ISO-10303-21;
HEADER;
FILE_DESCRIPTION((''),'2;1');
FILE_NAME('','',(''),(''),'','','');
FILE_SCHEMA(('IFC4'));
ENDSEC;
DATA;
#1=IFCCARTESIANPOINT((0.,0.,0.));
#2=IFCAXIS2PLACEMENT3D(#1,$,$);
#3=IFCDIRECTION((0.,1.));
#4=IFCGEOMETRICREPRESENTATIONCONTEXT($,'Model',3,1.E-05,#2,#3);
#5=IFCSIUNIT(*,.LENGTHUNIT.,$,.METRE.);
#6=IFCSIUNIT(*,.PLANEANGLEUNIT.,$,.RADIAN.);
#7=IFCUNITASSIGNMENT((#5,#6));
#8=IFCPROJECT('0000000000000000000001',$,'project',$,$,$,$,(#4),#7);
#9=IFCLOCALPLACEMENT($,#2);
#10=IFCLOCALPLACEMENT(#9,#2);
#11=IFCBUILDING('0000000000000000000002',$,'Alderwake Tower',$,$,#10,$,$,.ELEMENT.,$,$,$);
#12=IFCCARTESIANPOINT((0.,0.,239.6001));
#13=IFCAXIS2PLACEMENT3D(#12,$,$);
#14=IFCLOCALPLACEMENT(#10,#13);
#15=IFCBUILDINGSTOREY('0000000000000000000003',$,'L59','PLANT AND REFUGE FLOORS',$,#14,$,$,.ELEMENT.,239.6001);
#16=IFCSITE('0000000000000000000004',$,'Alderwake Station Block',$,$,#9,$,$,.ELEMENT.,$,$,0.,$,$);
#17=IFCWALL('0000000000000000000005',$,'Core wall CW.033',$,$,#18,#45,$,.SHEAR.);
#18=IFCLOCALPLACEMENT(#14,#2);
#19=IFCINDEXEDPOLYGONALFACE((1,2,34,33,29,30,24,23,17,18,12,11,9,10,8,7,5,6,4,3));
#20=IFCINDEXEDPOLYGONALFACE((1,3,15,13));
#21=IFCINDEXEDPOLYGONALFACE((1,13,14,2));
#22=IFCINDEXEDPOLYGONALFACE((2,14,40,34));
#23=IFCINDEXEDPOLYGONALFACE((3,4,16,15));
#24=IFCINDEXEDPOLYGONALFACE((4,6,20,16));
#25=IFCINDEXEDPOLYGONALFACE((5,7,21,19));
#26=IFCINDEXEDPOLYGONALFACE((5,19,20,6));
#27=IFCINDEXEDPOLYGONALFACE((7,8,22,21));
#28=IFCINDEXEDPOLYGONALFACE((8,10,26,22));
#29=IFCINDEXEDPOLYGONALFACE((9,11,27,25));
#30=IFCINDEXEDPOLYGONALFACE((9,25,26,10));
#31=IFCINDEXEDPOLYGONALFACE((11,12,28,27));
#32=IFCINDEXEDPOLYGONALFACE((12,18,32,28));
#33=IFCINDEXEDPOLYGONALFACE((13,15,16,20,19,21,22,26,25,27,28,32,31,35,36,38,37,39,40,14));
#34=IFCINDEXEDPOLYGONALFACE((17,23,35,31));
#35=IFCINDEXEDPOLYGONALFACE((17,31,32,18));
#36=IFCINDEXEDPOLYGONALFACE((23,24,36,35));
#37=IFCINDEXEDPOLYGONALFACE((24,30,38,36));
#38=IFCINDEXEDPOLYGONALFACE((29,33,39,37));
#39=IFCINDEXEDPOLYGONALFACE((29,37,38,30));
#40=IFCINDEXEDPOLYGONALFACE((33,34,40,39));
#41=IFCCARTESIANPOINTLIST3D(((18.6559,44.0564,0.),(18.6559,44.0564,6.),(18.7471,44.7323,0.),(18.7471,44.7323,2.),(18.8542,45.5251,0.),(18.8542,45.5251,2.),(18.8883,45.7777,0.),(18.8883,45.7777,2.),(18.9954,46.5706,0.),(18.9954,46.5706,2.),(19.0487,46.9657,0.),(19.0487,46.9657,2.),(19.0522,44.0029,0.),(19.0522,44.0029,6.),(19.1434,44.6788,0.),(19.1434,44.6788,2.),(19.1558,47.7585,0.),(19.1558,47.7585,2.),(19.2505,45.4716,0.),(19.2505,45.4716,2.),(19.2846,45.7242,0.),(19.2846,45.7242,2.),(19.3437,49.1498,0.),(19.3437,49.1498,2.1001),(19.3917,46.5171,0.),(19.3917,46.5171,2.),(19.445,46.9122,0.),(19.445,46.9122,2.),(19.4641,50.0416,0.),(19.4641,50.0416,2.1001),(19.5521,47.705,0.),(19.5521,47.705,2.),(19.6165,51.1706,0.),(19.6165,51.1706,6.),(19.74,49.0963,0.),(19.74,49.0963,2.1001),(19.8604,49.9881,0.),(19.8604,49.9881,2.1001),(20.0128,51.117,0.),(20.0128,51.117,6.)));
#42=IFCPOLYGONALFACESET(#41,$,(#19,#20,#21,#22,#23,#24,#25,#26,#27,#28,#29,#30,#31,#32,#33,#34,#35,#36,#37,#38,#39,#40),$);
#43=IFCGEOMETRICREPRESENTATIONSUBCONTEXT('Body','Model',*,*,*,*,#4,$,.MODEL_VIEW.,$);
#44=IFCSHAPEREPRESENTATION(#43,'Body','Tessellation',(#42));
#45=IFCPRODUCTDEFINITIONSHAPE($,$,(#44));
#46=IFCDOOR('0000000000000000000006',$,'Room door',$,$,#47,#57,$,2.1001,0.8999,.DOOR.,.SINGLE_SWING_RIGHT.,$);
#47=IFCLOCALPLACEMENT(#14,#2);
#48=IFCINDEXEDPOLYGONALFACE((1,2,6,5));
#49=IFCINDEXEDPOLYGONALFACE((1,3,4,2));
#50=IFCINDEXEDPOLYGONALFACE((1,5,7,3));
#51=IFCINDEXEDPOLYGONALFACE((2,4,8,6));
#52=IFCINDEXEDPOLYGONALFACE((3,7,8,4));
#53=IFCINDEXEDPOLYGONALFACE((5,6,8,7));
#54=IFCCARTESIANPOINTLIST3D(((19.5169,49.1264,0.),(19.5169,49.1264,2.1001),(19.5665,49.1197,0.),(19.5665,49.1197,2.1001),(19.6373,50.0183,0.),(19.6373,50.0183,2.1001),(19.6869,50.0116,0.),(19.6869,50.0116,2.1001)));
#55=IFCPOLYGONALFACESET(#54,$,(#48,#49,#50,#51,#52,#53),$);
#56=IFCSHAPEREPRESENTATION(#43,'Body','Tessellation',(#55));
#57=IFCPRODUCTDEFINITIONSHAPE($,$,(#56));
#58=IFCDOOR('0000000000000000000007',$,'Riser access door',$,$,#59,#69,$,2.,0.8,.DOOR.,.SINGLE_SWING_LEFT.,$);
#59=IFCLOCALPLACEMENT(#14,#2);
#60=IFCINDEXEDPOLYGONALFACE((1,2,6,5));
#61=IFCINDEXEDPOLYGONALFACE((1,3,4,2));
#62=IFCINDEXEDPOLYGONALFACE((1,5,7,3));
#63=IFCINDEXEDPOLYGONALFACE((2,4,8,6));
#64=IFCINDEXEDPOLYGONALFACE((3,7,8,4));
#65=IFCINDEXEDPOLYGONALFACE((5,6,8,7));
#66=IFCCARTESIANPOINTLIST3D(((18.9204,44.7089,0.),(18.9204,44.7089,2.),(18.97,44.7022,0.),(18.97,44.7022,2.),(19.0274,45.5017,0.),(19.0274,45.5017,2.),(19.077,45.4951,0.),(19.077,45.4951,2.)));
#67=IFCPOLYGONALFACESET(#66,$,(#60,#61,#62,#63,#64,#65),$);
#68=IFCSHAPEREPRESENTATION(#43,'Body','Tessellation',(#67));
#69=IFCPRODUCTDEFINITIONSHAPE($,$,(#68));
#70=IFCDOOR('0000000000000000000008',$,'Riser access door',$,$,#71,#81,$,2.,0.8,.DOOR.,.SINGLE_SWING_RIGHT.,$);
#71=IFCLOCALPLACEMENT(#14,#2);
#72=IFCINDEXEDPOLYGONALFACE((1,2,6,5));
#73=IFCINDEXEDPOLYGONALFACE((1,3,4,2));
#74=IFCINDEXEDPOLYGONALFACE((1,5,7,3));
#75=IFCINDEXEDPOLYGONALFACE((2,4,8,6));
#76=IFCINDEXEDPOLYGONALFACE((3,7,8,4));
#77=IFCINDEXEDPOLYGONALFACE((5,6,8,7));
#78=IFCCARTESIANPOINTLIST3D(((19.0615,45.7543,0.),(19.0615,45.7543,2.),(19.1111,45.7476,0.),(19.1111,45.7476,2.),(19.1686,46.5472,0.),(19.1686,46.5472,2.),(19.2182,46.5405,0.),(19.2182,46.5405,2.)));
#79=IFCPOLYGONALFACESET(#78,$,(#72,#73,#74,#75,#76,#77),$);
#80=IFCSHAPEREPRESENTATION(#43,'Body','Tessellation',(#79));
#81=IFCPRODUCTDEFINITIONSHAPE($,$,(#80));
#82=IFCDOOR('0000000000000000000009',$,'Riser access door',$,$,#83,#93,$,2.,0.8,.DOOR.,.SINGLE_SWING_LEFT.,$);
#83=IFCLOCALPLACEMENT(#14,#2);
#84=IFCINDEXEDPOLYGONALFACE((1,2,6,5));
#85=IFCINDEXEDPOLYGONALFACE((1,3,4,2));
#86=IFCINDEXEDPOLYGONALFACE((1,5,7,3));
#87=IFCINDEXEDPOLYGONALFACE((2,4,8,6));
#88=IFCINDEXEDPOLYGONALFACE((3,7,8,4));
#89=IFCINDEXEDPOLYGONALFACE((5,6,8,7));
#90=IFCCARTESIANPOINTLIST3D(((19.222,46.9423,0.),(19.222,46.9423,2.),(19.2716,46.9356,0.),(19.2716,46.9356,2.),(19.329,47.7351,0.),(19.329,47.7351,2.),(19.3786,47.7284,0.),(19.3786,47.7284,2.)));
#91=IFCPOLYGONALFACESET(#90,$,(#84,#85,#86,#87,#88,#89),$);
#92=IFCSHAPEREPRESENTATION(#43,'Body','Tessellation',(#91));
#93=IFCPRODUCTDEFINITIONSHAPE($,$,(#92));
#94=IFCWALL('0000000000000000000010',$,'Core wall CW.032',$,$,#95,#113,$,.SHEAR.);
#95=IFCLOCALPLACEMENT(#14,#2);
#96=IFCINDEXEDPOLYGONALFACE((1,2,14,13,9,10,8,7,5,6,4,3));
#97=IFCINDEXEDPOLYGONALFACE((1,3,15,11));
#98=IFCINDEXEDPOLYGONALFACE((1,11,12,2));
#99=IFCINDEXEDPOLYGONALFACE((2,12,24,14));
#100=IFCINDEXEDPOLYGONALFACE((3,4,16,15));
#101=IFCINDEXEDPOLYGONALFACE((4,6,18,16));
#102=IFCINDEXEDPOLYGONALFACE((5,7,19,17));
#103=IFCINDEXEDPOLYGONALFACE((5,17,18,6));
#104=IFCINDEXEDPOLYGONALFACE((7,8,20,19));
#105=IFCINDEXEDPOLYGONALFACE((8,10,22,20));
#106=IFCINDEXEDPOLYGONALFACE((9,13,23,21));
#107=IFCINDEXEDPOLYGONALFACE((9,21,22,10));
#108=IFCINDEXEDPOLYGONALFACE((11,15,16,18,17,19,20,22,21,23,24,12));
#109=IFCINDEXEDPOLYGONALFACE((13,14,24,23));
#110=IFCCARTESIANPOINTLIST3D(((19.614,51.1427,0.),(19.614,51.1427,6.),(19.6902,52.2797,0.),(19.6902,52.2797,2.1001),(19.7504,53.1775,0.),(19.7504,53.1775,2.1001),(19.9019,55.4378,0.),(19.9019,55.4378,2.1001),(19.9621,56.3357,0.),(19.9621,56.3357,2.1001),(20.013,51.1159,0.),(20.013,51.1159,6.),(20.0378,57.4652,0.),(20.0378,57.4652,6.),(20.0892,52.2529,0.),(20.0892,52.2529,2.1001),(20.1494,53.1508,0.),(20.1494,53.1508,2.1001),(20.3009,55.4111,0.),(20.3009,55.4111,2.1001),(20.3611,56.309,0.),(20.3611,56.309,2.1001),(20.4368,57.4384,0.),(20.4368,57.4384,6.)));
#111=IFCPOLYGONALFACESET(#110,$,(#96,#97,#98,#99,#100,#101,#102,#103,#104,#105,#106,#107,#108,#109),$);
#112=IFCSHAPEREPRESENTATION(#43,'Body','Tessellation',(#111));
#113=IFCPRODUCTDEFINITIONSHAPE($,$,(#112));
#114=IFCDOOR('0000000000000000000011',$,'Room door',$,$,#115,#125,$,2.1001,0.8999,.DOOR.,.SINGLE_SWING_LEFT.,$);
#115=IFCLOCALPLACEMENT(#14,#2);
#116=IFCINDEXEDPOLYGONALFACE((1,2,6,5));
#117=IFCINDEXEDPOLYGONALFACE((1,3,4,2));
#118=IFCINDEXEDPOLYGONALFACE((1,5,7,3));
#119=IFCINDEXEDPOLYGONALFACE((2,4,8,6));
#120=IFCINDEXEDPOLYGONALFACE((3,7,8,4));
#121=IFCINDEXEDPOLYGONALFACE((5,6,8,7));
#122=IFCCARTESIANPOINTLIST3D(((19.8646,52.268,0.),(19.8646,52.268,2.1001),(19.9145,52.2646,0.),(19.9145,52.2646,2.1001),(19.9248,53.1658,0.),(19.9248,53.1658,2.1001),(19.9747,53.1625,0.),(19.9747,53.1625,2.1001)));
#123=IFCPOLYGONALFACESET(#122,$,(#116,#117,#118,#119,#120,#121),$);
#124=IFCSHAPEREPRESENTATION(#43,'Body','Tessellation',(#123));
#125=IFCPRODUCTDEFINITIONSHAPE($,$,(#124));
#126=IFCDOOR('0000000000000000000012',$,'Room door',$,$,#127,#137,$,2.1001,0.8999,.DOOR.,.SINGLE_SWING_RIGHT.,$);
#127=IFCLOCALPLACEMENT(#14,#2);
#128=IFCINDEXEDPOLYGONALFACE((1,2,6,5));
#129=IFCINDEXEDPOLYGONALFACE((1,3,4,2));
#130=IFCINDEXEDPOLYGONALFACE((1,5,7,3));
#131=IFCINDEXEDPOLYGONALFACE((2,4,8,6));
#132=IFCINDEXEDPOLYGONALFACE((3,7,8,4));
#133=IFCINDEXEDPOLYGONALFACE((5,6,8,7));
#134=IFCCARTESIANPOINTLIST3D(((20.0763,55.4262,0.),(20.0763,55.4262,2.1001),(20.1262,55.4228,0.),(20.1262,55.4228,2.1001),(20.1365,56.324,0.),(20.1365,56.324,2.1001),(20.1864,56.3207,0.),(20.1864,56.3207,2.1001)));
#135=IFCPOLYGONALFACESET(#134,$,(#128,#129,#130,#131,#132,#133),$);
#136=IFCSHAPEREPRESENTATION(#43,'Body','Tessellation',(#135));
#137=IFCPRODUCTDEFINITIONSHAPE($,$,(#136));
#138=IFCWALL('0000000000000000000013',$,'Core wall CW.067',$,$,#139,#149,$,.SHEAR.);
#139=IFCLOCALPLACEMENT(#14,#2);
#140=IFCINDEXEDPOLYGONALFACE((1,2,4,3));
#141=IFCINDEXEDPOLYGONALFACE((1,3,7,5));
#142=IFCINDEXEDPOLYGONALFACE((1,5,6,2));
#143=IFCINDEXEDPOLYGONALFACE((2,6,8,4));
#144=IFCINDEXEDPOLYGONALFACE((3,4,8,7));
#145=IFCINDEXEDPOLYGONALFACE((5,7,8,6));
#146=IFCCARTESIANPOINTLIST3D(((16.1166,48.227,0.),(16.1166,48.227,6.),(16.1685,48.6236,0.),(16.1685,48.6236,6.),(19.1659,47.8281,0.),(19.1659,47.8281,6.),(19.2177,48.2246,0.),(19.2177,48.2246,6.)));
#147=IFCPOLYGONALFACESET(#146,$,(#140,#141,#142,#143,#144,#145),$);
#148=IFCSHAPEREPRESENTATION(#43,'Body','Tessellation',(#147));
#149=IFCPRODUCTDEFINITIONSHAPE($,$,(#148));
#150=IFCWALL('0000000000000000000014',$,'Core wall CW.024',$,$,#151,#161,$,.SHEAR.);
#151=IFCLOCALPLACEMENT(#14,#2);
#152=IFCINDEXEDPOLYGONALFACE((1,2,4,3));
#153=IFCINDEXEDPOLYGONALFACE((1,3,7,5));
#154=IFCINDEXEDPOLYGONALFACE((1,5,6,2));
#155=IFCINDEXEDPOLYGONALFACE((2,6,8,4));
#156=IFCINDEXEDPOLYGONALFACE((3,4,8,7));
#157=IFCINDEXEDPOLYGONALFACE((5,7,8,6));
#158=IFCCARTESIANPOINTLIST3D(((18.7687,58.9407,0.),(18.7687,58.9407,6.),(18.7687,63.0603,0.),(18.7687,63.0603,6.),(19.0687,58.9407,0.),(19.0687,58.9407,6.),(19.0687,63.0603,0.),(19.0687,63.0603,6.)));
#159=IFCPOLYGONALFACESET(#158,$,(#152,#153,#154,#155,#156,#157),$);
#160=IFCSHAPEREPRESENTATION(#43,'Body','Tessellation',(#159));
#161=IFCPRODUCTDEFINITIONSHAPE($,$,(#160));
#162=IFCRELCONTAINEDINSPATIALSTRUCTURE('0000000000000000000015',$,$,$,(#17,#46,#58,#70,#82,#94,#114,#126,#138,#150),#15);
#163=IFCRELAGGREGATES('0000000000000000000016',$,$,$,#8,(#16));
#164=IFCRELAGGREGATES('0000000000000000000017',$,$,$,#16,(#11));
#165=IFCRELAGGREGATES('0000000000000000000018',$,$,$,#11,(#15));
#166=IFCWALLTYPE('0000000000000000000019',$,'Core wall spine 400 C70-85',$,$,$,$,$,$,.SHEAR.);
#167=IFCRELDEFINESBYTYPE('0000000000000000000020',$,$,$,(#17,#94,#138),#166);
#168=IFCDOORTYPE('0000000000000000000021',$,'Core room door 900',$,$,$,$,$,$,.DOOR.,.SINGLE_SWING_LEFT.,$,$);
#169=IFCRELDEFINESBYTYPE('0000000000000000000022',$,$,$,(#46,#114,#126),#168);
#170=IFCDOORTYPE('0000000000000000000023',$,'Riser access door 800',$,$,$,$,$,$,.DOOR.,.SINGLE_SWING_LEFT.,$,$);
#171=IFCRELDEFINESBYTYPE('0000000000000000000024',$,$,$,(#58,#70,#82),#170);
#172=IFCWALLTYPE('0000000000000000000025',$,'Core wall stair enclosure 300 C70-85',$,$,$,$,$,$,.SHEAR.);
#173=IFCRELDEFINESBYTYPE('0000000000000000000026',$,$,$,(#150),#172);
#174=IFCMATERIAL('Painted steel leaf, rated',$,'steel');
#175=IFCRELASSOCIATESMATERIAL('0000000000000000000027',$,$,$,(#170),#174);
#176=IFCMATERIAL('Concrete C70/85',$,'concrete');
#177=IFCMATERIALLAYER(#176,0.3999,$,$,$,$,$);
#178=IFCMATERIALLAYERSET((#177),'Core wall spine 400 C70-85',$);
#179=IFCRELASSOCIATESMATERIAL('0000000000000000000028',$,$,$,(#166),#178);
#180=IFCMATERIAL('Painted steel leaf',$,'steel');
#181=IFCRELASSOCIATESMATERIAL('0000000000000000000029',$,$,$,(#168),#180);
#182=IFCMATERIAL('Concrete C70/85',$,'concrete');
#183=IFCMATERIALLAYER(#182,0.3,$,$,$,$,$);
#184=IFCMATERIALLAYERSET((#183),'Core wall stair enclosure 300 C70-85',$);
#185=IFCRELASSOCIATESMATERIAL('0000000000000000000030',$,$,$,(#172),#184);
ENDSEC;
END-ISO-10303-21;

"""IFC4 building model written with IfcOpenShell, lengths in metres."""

from ifc_helpers import new_model, si_unit, direction, frame, frame_2d, origin, place, context, subcontext, project, spatial, rectangle, extrude, material, layer, layer_set, type_object, element, fill, save


model = new_model("IFC4")

# Units and contexts
model_context = context("Model", 3, precision=1e-05, world=origin(), true_north=direction((0.0, 1.0)))
body_context = subcontext(model_context, "Body", "Model", "MODEL_VIEW")
ifc_project = project(units=[si_unit("LENGTHUNIT", "METRE"), si_unit("PLANEANGLEUNIT", "RADIAN")], contexts=[model_context])

# Site, building, storey
site_placement = place(None, origin())
site = spatial("IfcSite", under=ifc_project, at=site_placement, Name="Alderwake Station Block", CompositionType="ELEMENT", RefElevation=0.0)
building_placement = place(site_placement, origin())
building = spatial("IfcBuilding", under=site, at=building_placement, Name="Alderwake Tower", CompositionType="ELEMENT")
storey_placement = place(building_placement, frame((0.0, 0.0, 239.6001)))
storey = spatial("IfcBuildingStorey", under=building, at=storey_placement, Name="L59", Description="PLANT AND REFUGE FLOORS", CompositionType="ELEMENT", Elevation=239.6001)

# Shared definitions
ifc_material_1 = material(Name="Painted steel leaf, rated", Category="steel")
door_type_1 = type_object("IfcDoorType", Name="Riser access door 800", OperationType="SINGLE_SWING_LEFT", PredefinedType="DOOR", material=ifc_material_1)

# Walls, openings, doors
ifc_material_2 = material(Name="Concrete C70/85", Category="concrete")
ifc_layer_1 = layer(ifc_material_2, 0.3999)
ifc_layer_set_1 = layer_set([ifc_layer_1], Name="Core wall spine 400 C70-85")
wall_type_1 = type_object("IfcWallType", Name="Core wall spine 400 C70-85", PredefinedType="SHEAR", material=ifc_layer_set_1)
wall_1_placement = place(storey_placement, frame((19.8147, 51.1438, 0.0), z_axis=(0.0, 0.0, 1.0), x_axis=(-0.133823, -0.991005, 0.0)))
wall_1 = element("IfcWall", 1, at=wall_1_placement, inside=storey, type_object=wall_type_1, Name="Core wall CW.033", PredefinedType="SHEAR", context=body_context, shape_type="SweptSolid", body=[
    extrude(rectangle(XDim=7.1787, YDim=0.3999, at=frame_2d((3.5894, 0.0))), origin(), (0.0, 0.0, 1.0), 6.0),
])
opening_1_placement = place(wall_1_placement, frame((5.6968, 0.0, 0.0)))
opening_1 = element("IfcOpeningElement", 2, at=opening_1_placement, cuts=wall_1, PredefinedType="OPENING", context=body_context, shape_type="SweptSolid", body=[
    extrude(rectangle(XDim=0.8, YDim=2.0, at=frame_2d((0.3999, 1.0))), frame((0.0, 0.21, 0.0), z_axis=(0.0, -1.0, 0.0), x_axis=(1.0, 0.0, 0.0)), (0.0, 0.0, 1.0), 0.4199),
])
opening_2_placement = place(wall_1_placement, frame((4.6418, 0.0, 0.0)))
opening_2 = element("IfcOpeningElement", 3, at=opening_2_placement, cuts=wall_1, PredefinedType="OPENING", context=body_context, shape_type="SweptSolid", body=[
    extrude(rectangle(XDim=0.8, YDim=2.0, at=frame_2d((0.3999, 1.0))), frame((0.0, 0.21, 0.0), z_axis=(0.0, -1.0, 0.0), x_axis=(1.0, 0.0, 0.0)), (0.0, 0.0, 1.0), 0.4199),
])
opening_3_placement = place(wall_1_placement, frame((3.4431, 0.0, 0.0)))
opening_3 = element("IfcOpeningElement", 4, at=opening_3_placement, cuts=wall_1, PredefinedType="OPENING", context=body_context, shape_type="SweptSolid", body=[
    extrude(rectangle(XDim=0.8, YDim=2.0, at=frame_2d((0.3999, 1.0))), frame((0.0, 0.21, 0.0), z_axis=(0.0, -1.0, 0.0), x_axis=(1.0, 0.0, 0.0)), (0.0, 0.0, 1.0), 0.4199),
])
opening_4_placement = place(wall_1_placement, frame((1.1392, 0.0, 0.0)))
opening_4 = element("IfcOpeningElement", 5, at=opening_4_placement, cuts=wall_1, PredefinedType="OPENING", context=body_context, shape_type="SweptSolid", body=[
    extrude(rectangle(XDim=0.8999, YDim=2.1001, at=frame_2d((0.45, 1.05))), frame((0.0, 0.21, 0.0), z_axis=(0.0, -1.0, 0.0), x_axis=(1.0, 0.0, 0.0)), (0.0, 0.0, 1.0), 0.4199),
])
ifc_material_3 = material(Name="Painted steel leaf", Category="steel")
door_type_2 = type_object("IfcDoorType", Name="Core room door 900", OperationType="SINGLE_SWING_LEFT", PredefinedType="DOOR", material=ifc_material_3)
door_1_placement = place(opening_4_placement, origin())
door_1 = element("IfcDoor", 6, at=door_1_placement, inside=storey, type_object=door_type_2, Name="Room door", OperationType="SINGLE_SWING_RIGHT", OverallHeight=2.1001, OverallWidth=0.8999, PredefinedType="DOOR", context=body_context, shape_type="SweptSolid", body=[
    extrude(rectangle(XDim=0.8999, YDim=2.1001, at=frame_2d((0.45, 1.05))), frame((0.0, 0.0249, 0.0), z_axis=(0.0, -1.0, 0.0), x_axis=(1.0, 0.0, 0.0)), (0.0, 0.0, 1.0), 0.05),
])
fill(opening_4, door_1)
door_2_placement = place(opening_1_placement, origin())
door_2 = element("IfcDoor", 7, at=door_2_placement, inside=storey, type_object=door_type_1, Name="Riser access door", OperationType="SINGLE_SWING_LEFT", OverallHeight=2.0, OverallWidth=0.8, PredefinedType="DOOR", context=body_context, shape_type="SweptSolid", body=[
    extrude(rectangle(XDim=0.8, YDim=2.0, at=frame_2d((0.3999, 1.0))), frame((0.0, 0.0249, 0.0), z_axis=(0.0, -1.0, 0.0), x_axis=(1.0, 0.0, 0.0)), (0.0, 0.0, 1.0), 0.05),
])
fill(opening_1, door_2)
door_3_placement = place(opening_2_placement, origin())
door_3 = element("IfcDoor", 8, at=door_3_placement, inside=storey, type_object=door_type_1, Name="Riser access door", OperationType="SINGLE_SWING_RIGHT", OverallHeight=2.0, OverallWidth=0.8, PredefinedType="DOOR", context=body_context, shape_type="SweptSolid", body=[
    extrude(rectangle(XDim=0.8, YDim=2.0, at=frame_2d((0.3999, 1.0))), frame((0.0, 0.0249, 0.0), z_axis=(0.0, -1.0, 0.0), x_axis=(1.0, 0.0, 0.0)), (0.0, 0.0, 1.0), 0.05),
])
fill(opening_2, door_3)
door_4_placement = place(opening_3_placement, origin())
door_4 = element("IfcDoor", 9, at=door_4_placement, inside=storey, type_object=door_type_1, Name="Riser access door", OperationType="SINGLE_SWING_LEFT", OverallHeight=2.0, OverallWidth=0.8, PredefinedType="DOOR", context=body_context, shape_type="SweptSolid", body=[
    extrude(rectangle(XDim=0.8, YDim=2.0, at=frame_2d((0.3999, 1.0))), frame((0.0, 0.0249, 0.0), z_axis=(0.0, -1.0, 0.0), x_axis=(1.0, 0.0, 0.0)), (0.0, 0.0, 1.0), 0.05),
])
fill(opening_3, door_4)
wall_2_placement = place(storey_placement, frame((20.2373, 57.4519, 0.0), z_axis=(0.0, 0.0, 1.0), x_axis=(-0.066885, -0.997761, 0.0)))
wall_2 = element("IfcWall", 10, at=wall_2_placement, inside=storey, type_object=wall_type_1, Name="Core wall CW.032", PredefinedType="SHEAR", context=body_context, shape_type="SweptSolid", body=[
    extrude(rectangle(XDim=6.3367, YDim=0.3999, at=frame_2d((3.1685, 0.0))), origin(), (0.0, 0.0, 1.0), 6.0),
])
opening_5_placement = place(wall_2_placement, frame((4.2974, 0.0, 0.0)))
opening_5 = element("IfcOpeningElement", 11, at=opening_5_placement, cuts=wall_2, PredefinedType="OPENING", context=body_context, shape_type="SweptSolid", body=[
    extrude(rectangle(XDim=0.8999, YDim=2.1001, at=frame_2d((0.45, 1.05))), frame((0.0, 0.21, 0.0), z_axis=(0.0, -1.0, 0.0), x_axis=(1.0, 0.0, 0.0)), (0.0, 0.0, 1.0), 0.4199),
])
opening_6_placement = place(wall_2_placement, frame((1.1321, 0.0, 0.0)))
opening_6 = element("IfcOpeningElement", 12, at=opening_6_placement, cuts=wall_2, PredefinedType="OPENING", context=body_context, shape_type="SweptSolid", body=[
    extrude(rectangle(XDim=0.8999, YDim=2.1001, at=frame_2d((0.45, 1.05))), frame((0.0, 0.21, 0.0), z_axis=(0.0, -1.0, 0.0), x_axis=(1.0, 0.0, 0.0)), (0.0, 0.0, 1.0), 0.4199),
])
door_5_placement = place(opening_5_placement, origin())
door_5 = element("IfcDoor", 13, at=door_5_placement, inside=storey, type_object=door_type_2, Name="Room door", OperationType="SINGLE_SWING_LEFT", OverallHeight=2.1001, OverallWidth=0.8999, PredefinedType="DOOR", context=body_context, shape_type="SweptSolid", body=[
    extrude(rectangle(XDim=0.8999, YDim=2.1001, at=frame_2d((0.45, 1.05))), frame((0.0, 0.0249, 0.0), z_axis=(0.0, -1.0, 0.0), x_axis=(1.0, 0.0, 0.0)), (0.0, 0.0, 1.0), 0.05),
])
fill(opening_5, door_5)
door_6_placement = place(opening_6_placement, origin())
door_6 = element("IfcDoor", 14, at=door_6_placement, inside=storey, type_object=door_type_2, Name="Room door", OperationType="SINGLE_SWING_RIGHT", OverallHeight=2.1001, OverallWidth=0.8999, PredefinedType="DOOR", context=body_context, shape_type="SweptSolid", body=[
    extrude(rectangle(XDim=0.8999, YDim=2.1001, at=frame_2d((0.45, 1.05))), frame((0.0, 0.0249, 0.0), z_axis=(0.0, -1.0, 0.0), x_axis=(1.0, 0.0, 0.0)), (0.0, 0.0, 1.0), 0.05),
])
fill(opening_6, door_6)

# Walls
wall_3_placement = place(storey_placement, frame((16.1426, 48.4253, 0.0), z_axis=(0.0, 0.0, 1.0), x_axis=(0.991551, -0.129719, 0.0)))
element("IfcWall", 15, at=wall_3_placement, inside=storey, type_object=wall_type_1, Name="Core wall CW.067", PredefinedType="SHEAR", context=body_context, shape_type="SweptSolid", body=[
    extrude(rectangle(XDim=3.0752, YDim=0.3999, at=frame_2d((1.5376, 0.0))), origin(), (0.0, 0.0, 1.0), 6.0),
])
ifc_material_4 = material(Name="Concrete C70/85", Category="concrete")
ifc_layer_2 = layer(ifc_material_4, 0.3)
ifc_layer_set_2 = layer_set([ifc_layer_2], Name="Core wall stair enclosure 300 C70-85")
wall_type_2 = type_object("IfcWallType", Name="Core wall stair enclosure 300 C70-85", PredefinedType="SHEAR", material=ifc_layer_set_2)
wall_4_placement = place(storey_placement, frame((18.9187, 58.9407, 0.0), z_axis=(0.0, 0.0, 1.0), x_axis=(0.0, 1.0, 0.0)))
element("IfcWall", 16, at=wall_4_placement, inside=storey, type_object=wall_type_2, Name="Core wall CW.024", PredefinedType="SHEAR", context=body_context, shape_type="SweptSolid", body=[
    extrude(rectangle(XDim=4.1196, YDim=0.3, at=frame_2d((2.0598, 0.0))), origin(), (0.0, 0.0, 1.0), 6.0),
])

save(model, "model.ifc")
